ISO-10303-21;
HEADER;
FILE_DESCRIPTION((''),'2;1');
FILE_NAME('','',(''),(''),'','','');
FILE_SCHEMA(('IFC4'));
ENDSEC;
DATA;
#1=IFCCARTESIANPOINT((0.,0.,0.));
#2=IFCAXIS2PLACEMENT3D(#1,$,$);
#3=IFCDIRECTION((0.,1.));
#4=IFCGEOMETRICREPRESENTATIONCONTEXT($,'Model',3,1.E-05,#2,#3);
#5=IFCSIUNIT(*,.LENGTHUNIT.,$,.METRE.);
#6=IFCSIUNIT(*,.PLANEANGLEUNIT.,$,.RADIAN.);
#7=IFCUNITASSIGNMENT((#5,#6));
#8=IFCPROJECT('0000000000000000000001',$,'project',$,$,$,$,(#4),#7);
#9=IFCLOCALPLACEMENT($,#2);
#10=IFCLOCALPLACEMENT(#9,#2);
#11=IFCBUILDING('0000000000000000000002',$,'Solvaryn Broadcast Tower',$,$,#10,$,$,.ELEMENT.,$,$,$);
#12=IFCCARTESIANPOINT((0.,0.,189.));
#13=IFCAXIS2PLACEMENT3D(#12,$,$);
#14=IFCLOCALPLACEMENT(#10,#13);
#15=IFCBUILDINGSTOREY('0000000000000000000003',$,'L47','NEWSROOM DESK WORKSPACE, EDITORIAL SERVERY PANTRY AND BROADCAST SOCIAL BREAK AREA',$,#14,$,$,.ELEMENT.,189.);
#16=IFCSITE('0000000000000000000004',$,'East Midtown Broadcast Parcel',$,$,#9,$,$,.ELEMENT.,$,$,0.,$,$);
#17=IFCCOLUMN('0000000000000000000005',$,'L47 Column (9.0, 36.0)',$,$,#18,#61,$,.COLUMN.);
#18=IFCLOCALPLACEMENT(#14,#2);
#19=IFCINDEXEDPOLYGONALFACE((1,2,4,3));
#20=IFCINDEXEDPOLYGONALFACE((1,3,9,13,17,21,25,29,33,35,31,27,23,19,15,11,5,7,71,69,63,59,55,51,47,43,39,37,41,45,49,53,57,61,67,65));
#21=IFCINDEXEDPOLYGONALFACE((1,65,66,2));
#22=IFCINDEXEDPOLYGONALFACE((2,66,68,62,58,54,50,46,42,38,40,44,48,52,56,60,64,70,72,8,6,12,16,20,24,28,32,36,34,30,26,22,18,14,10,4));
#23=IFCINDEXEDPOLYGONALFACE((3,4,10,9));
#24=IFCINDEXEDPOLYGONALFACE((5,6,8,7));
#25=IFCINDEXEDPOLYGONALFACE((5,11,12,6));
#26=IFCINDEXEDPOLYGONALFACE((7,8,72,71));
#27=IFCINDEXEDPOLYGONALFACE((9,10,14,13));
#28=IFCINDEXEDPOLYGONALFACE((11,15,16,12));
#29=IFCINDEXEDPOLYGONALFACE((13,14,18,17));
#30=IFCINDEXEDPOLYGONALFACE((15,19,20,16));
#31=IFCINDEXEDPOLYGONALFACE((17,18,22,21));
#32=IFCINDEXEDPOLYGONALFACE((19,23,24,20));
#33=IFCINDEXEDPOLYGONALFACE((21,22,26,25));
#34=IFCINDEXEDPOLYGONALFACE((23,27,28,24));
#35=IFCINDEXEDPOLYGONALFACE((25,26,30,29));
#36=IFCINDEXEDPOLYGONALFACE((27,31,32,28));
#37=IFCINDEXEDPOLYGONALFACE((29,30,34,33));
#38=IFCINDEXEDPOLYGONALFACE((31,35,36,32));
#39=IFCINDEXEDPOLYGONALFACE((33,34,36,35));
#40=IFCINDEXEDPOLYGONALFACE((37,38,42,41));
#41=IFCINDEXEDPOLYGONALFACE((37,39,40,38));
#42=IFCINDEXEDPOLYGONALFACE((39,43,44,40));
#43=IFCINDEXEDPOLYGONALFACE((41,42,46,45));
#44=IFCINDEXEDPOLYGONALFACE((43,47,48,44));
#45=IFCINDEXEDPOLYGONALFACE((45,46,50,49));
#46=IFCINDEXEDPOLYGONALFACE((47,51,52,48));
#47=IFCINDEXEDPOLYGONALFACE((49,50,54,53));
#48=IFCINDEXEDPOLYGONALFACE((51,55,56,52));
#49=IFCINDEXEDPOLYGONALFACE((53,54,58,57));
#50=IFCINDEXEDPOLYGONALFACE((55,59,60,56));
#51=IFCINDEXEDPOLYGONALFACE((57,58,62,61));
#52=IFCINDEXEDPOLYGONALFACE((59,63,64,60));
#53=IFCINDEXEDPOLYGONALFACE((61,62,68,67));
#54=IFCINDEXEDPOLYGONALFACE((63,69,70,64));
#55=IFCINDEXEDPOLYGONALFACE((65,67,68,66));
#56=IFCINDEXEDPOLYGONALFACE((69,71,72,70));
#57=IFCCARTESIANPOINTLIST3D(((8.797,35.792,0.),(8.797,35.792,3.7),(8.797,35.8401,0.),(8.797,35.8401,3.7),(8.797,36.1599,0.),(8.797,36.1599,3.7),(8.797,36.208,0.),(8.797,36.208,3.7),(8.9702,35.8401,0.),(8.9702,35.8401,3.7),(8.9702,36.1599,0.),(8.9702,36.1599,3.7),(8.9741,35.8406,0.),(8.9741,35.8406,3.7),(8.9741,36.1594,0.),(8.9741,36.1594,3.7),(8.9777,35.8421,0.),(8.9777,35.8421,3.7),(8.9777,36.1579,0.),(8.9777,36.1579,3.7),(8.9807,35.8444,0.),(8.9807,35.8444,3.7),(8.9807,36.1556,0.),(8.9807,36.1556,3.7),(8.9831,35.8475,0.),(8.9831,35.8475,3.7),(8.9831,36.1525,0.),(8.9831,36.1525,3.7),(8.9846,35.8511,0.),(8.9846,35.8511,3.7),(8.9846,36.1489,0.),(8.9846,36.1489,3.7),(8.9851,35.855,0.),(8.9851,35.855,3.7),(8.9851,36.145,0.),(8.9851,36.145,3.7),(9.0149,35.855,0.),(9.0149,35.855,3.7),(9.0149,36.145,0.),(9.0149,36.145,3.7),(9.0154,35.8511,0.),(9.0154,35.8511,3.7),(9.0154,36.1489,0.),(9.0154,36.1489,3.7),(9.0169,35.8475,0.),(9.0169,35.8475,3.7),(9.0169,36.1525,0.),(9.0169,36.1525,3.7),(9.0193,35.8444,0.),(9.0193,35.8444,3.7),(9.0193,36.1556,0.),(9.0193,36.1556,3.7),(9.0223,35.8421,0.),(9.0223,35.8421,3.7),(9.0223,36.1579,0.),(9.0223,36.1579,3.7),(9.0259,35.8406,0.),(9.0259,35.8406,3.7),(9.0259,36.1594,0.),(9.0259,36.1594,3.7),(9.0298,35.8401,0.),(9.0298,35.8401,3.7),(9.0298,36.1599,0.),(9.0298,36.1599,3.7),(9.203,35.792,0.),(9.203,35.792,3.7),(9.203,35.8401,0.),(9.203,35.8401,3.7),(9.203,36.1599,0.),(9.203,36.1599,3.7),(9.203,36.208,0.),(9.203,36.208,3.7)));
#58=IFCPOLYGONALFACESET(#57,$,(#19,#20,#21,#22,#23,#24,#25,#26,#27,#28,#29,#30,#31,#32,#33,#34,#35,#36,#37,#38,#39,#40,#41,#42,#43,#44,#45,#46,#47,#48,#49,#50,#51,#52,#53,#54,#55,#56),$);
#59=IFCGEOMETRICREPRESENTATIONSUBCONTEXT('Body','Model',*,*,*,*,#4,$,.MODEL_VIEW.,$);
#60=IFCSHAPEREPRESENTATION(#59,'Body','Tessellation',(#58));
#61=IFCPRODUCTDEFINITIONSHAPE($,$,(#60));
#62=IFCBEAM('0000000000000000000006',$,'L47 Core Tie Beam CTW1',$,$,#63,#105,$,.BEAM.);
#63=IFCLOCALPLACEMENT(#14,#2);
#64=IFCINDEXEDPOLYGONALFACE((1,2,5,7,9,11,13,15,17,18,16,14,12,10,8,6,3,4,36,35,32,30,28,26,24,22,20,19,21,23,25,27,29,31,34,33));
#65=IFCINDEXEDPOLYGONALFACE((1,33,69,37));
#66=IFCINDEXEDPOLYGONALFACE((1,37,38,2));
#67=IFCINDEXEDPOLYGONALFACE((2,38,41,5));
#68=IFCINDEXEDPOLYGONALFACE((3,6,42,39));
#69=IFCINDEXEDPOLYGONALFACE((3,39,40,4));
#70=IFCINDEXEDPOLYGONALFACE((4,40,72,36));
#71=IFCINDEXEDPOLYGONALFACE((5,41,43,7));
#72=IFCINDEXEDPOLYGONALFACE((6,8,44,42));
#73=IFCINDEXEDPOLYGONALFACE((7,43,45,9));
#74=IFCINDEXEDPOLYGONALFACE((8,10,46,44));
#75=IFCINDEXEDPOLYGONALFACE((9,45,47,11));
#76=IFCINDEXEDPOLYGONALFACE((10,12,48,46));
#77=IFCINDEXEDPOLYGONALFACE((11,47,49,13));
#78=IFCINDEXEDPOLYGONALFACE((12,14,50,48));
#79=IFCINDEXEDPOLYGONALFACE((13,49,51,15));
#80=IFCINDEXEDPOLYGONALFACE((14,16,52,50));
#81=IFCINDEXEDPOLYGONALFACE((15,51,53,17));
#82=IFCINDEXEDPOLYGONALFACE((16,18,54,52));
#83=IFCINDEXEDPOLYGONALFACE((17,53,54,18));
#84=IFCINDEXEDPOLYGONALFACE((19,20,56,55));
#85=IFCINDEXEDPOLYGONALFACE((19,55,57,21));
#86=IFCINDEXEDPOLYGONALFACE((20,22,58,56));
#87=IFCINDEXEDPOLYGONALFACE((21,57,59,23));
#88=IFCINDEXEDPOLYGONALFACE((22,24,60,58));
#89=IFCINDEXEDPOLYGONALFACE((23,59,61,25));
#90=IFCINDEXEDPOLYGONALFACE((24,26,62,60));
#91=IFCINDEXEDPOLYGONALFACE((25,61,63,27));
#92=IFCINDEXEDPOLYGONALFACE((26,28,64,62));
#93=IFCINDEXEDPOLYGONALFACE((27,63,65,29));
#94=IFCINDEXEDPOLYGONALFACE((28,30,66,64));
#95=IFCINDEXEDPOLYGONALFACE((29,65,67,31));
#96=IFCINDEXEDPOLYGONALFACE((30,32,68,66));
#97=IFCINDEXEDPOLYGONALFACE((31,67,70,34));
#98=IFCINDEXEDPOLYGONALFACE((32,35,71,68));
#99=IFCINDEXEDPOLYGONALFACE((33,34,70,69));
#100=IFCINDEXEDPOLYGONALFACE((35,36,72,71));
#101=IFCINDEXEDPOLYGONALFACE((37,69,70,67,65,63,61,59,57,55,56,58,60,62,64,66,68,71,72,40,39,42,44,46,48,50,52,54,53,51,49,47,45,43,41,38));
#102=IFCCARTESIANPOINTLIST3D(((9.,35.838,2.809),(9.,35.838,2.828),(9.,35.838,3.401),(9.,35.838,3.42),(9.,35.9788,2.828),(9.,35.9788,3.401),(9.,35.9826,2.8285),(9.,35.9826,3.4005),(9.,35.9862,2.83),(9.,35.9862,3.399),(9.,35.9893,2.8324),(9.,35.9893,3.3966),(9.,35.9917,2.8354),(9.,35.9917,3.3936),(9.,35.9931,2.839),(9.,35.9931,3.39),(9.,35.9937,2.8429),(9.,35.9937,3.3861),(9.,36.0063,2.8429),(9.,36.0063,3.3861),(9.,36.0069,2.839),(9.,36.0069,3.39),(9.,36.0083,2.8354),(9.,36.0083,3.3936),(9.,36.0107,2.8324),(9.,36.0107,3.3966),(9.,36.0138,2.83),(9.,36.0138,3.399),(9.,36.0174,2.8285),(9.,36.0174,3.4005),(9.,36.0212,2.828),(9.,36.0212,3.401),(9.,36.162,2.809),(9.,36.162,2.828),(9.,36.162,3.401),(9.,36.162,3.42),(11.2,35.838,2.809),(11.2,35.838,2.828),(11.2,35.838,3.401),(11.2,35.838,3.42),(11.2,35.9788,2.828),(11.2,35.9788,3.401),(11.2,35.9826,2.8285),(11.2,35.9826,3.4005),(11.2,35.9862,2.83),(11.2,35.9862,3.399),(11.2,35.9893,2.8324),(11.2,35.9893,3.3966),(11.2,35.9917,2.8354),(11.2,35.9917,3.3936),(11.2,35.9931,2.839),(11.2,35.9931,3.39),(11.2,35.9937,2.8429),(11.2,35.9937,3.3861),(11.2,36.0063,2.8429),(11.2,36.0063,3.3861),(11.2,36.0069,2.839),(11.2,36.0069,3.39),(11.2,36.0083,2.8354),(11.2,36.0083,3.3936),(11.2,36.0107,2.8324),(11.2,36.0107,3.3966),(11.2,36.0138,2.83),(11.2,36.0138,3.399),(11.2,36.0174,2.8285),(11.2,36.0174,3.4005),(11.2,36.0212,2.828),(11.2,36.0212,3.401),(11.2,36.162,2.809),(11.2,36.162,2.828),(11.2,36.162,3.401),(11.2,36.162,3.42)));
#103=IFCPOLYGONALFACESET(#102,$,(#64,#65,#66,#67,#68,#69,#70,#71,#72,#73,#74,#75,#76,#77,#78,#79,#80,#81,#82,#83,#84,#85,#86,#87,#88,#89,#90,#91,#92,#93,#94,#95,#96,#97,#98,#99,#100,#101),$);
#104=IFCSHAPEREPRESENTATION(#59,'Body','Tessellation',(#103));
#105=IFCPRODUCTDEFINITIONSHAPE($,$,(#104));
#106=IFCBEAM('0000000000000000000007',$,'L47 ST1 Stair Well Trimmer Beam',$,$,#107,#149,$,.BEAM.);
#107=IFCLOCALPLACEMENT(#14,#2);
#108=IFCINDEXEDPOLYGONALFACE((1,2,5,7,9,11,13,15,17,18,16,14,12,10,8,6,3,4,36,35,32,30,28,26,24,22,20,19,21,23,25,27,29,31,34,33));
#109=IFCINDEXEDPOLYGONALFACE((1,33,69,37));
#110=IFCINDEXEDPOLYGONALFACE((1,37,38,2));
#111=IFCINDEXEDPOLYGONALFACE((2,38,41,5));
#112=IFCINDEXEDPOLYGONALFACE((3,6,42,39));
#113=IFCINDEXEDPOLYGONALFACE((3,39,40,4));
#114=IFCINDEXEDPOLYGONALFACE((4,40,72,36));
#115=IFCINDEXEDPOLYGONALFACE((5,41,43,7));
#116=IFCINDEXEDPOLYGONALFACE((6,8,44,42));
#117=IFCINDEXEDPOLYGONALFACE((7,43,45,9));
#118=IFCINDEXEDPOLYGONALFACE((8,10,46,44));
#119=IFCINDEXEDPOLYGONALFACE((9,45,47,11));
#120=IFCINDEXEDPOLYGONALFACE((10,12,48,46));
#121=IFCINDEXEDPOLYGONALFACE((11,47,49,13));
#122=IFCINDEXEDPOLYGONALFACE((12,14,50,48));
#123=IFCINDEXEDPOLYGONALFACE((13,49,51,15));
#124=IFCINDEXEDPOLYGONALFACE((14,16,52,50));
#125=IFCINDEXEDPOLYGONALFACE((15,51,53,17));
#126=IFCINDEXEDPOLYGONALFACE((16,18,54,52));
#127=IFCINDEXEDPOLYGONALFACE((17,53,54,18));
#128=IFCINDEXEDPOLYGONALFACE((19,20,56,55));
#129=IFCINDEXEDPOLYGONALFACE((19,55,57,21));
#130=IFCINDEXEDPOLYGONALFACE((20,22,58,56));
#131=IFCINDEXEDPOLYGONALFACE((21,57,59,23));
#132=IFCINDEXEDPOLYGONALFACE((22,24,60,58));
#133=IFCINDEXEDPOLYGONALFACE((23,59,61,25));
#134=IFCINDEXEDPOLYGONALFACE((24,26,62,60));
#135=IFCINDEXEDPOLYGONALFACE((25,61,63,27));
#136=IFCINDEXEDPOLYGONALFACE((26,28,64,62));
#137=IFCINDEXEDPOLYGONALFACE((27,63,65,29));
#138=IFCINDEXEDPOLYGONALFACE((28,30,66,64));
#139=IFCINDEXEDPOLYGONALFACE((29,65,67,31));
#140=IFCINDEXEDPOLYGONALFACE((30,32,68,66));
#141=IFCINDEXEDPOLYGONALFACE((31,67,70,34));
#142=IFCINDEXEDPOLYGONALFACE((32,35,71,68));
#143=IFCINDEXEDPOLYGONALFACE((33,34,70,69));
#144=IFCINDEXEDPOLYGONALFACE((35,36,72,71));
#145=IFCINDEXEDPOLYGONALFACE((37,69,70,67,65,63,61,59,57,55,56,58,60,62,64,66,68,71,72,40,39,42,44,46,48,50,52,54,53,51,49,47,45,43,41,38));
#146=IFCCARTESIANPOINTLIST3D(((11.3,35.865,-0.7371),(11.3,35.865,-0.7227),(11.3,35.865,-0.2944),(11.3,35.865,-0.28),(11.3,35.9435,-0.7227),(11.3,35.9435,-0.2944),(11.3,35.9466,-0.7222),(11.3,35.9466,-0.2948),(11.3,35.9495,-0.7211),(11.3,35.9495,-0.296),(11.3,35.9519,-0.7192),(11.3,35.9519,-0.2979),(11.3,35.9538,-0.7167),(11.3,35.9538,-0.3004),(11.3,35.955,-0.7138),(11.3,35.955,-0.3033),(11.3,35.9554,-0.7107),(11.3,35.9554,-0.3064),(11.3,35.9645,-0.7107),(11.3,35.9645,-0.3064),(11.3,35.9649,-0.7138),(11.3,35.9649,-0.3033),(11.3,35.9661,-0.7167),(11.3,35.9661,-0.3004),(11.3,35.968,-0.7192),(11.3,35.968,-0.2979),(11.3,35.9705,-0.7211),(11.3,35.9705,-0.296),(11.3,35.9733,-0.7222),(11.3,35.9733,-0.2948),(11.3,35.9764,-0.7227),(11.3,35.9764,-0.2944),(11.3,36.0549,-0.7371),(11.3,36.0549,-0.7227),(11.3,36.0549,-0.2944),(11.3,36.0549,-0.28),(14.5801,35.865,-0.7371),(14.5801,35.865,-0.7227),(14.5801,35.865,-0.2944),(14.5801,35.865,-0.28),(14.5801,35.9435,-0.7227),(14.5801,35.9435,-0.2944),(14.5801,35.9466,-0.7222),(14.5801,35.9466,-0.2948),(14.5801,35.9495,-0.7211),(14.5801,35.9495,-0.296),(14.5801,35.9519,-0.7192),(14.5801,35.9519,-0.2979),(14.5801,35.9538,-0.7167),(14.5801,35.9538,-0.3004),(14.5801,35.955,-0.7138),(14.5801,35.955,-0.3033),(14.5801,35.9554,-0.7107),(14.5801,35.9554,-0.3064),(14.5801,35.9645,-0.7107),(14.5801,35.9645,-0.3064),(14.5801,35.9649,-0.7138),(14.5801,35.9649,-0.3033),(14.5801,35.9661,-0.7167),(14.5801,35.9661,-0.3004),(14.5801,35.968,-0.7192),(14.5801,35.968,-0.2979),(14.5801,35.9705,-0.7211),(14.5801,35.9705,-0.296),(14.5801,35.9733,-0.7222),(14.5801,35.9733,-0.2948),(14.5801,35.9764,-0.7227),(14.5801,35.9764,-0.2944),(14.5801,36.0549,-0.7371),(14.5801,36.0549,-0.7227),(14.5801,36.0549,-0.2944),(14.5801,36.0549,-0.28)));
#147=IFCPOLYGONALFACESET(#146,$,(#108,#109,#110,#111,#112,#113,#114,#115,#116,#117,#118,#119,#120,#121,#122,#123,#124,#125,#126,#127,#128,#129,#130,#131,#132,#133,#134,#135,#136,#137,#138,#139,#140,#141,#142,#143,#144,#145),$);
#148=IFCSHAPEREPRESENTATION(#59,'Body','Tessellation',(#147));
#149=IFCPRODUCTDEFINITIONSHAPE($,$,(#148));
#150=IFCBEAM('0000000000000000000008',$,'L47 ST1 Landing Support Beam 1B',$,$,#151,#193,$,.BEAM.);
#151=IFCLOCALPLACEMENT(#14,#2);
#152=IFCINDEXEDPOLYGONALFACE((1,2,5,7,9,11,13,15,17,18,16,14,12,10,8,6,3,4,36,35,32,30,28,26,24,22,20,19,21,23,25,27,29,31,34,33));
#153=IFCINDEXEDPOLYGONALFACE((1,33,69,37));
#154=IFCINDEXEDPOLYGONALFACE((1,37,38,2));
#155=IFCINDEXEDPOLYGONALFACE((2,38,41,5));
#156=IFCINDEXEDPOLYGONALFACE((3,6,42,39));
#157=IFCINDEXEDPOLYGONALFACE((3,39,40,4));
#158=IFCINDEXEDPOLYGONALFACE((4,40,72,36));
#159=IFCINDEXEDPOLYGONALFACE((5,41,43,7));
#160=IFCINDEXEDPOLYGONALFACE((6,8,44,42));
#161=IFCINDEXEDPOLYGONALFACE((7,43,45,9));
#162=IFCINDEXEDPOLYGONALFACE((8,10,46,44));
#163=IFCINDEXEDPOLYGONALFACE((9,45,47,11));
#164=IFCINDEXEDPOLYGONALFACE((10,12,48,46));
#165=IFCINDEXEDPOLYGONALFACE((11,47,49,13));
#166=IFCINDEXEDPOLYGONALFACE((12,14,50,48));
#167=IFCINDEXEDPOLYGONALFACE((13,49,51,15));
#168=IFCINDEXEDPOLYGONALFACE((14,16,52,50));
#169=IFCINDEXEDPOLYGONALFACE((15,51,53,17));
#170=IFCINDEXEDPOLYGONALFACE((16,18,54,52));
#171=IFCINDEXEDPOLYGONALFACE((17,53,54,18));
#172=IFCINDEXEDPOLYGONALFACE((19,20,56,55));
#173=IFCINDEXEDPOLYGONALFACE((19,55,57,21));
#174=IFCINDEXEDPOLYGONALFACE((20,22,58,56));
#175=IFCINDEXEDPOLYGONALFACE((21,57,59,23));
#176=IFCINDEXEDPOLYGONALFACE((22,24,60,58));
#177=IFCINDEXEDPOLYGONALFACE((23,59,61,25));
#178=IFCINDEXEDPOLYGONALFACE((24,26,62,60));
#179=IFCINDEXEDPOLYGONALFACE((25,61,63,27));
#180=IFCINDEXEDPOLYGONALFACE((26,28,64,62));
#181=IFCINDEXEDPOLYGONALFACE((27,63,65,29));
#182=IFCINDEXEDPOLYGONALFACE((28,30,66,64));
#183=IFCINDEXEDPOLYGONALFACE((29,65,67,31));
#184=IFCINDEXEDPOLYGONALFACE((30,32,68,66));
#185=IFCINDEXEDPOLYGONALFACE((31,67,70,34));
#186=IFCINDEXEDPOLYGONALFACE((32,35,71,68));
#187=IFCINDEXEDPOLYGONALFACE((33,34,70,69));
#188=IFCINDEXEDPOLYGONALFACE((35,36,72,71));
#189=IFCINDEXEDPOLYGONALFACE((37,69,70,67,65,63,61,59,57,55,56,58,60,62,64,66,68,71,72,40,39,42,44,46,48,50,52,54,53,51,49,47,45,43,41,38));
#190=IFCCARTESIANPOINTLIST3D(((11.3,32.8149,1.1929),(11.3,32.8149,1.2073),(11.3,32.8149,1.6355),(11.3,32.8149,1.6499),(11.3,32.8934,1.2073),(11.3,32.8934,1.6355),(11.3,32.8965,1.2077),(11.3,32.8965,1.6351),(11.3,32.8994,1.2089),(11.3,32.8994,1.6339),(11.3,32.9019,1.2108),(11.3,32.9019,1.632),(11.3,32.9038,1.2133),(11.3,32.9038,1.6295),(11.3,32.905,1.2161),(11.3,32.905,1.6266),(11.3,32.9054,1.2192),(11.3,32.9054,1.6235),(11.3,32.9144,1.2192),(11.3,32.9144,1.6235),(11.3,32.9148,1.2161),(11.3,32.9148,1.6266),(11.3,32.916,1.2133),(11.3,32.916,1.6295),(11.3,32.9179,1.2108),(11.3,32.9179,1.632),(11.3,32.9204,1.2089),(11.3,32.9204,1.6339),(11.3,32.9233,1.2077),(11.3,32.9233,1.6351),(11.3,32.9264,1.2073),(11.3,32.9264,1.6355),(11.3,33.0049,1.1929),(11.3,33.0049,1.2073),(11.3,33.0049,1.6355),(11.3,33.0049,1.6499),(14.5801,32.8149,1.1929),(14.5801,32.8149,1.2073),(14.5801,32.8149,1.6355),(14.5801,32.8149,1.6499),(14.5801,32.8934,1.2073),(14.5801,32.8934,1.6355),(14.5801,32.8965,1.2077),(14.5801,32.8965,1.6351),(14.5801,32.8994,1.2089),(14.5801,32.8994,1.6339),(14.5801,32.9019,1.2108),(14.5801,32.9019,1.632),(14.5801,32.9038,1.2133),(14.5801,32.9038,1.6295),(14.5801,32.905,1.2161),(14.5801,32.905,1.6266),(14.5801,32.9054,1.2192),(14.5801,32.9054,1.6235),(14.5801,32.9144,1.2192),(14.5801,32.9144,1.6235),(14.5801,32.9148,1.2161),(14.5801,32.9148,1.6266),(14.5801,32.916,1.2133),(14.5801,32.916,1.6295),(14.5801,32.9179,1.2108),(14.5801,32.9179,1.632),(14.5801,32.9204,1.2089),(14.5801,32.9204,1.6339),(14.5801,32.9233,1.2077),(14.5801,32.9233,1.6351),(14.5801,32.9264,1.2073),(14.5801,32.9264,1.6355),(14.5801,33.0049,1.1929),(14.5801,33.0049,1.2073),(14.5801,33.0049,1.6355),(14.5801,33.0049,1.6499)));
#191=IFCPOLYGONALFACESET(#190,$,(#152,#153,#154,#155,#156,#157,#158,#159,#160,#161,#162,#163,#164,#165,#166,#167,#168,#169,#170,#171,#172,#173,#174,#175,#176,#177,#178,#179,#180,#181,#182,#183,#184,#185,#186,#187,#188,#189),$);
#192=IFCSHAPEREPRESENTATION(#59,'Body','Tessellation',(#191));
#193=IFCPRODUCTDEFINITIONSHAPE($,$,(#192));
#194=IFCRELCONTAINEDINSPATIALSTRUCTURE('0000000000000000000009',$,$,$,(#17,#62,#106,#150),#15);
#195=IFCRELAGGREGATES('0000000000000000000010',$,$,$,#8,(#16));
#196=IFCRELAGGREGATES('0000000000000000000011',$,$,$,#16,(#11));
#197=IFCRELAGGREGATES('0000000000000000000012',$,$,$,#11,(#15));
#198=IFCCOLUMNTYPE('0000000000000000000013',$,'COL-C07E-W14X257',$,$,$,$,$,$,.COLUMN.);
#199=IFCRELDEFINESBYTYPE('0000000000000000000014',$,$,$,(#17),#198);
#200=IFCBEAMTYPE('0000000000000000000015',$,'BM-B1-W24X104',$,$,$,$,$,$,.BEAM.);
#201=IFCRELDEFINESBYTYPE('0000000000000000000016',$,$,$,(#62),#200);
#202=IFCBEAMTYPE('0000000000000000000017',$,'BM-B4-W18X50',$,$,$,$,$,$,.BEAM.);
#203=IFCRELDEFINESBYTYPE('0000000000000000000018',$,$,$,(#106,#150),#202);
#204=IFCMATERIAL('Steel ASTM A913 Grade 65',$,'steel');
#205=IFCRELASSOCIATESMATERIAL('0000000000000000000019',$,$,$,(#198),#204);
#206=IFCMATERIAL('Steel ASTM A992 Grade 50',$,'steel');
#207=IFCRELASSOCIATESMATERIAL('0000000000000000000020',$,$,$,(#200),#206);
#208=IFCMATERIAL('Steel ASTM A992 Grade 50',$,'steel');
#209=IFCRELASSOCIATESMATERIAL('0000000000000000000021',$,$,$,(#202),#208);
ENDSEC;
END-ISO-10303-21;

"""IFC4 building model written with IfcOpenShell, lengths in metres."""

from ifc_helpers import new_model, si_unit, direction, frame, origin, origin_2d, place, context, subcontext, project, spatial, i_section, extrude, material, material_profile, profile_set, type_object, element, save


model = new_model("IFC4")

# Units and contexts
model_context = context("Model", 3, precision=1e-05, world=origin(), true_north=direction((0.0, 1.0)))
body_context = subcontext(model_context, "Body", "Model", "MODEL_VIEW")
ifc_project = project(units=[si_unit("LENGTHUNIT", "METRE"), si_unit("PLANEANGLEUNIT", "RADIAN")], contexts=[model_context])

# Site, building, storey
site_placement = place(None, origin())
site = spatial("IfcSite", under=ifc_project, at=site_placement, Name="East Midtown Broadcast Parcel", CompositionType="ELEMENT", RefElevation=0.0)
building_placement = place(site_placement, origin())
building = spatial("IfcBuilding", under=site, at=building_placement, Name="Solvaryn Broadcast Tower", CompositionType="ELEMENT")
storey_placement = place(building_placement, frame((0.0, 0.0, 189.0)))
storey = spatial("IfcBuildingStorey", under=building, at=storey_placement, Name="L47", Description="NEWSROOM DESK WORKSPACE, EDITORIAL SERVERY PANTRY AND BROADCAST SOCIAL BREAK AREA", CompositionType="ELEMENT", Elevation=189.0)

# Column
ifc_material_1 = material(Name="Steel ASTM A913 Grade 65", Category="steel")
ifc_material_profile_1 = material_profile(ifc_material_1, i_section(OverallWidth=0.406, OverallDepth=0.416, WebThickness=0.0298, FlangeThickness=0.0481, FilletRadius=0.0149, at=origin_2d()))
ifc_profile_set_1 = profile_set([ifc_material_profile_1], Name="Steel ASTM A913 Grade 65")
column_type = type_object("IfcColumnType", Name="COL-C07E-W14X257", PredefinedType="COLUMN", material=ifc_profile_set_1)
column_placement = place(storey_placement, frame((9.0, 36.0, 0.0), z_axis=(0.0, 0.0, 1.0), x_axis=(1.0, 0.0, 0.0)))
element("IfcColumn", 1, at=column_placement, inside=storey, type_object=column_type, Name="L47 Column (9.0, 36.0)", PredefinedType="COLUMN", context=body_context, shape_type="SweptSolid", body=[
    extrude(i_section(OverallWidth=0.406, OverallDepth=0.416, WebThickness=0.0298, FlangeThickness=0.0481, FilletRadius=0.0149, at=origin_2d()), origin(), (0.0, 0.0, 1.0), 3.7),
])

# Beams
ifc_material_2 = material(Name="Steel ASTM A992 Grade 50", Category="steel")
ifc_material_profile_2 = material_profile(ifc_material_2, i_section(OverallWidth=0.324, OverallDepth=0.6111, WebThickness=0.0127, FlangeThickness=0.019, FilletRadius=0.0149, at=origin_2d()))
ifc_profile_set_2 = profile_set([ifc_material_profile_2], Name="Steel ASTM A992 Grade 50")
beam_type_1 = type_object("IfcBeamType", Name="BM-B1-W24X104", PredefinedType="BEAM", material=ifc_profile_set_2)
beam_placement = place(storey_placement, frame((9.0, 36.0, 3.1145), z_axis=(1.0, 0.0, 0.0), x_axis=(0.0, 1.0, 0.0)))
element("IfcBeam", 2, at=beam_placement, inside=storey, type_object=beam_type_1, Name="L47 Core Tie Beam CTW1", PredefinedType="BEAM", context=body_context, shape_type="SweptSolid", body=[
    extrude(i_section(OverallWidth=0.324, OverallDepth=0.6111, WebThickness=0.0127, FlangeThickness=0.019, FilletRadius=0.0149, at=origin_2d()), origin(), (0.0, 0.0, 1.0), 2.2),
])
ifc_material_3 = material(Name="Steel ASTM A992 Grade 50", Category="steel")
ifc_material_profile_3 = material_profile(ifc_material_3, i_section(OverallWidth=0.1899, OverallDepth=0.457, WebThickness=0.009, FlangeThickness=0.0144, FilletRadius=0.012, at=origin_2d()))
ifc_profile_set_3 = profile_set([ifc_material_profile_3], Name="Steel ASTM A992 Grade 50")
beam_type_2 = type_object("IfcBeamType", Name="BM-B4-W18X50", PredefinedType="BEAM", material=ifc_profile_set_3)
for number, where, z_axis, x_axis, name in (
    (3, (11.3, 35.96, -0.5085), (1.0, 0.0, 0.0), (0.0, 1.0, 0.0), "L47 ST1 Stair Well Trimmer Beam"),
    (4, (11.3, 32.9099, 1.4214), (1.0, 0.0, 0.0), (0.0, 1.0, 0.0), "L47 ST1 Landing Support Beam 1B"),
):
    element("IfcBeam", number, at=place(storey_placement, frame(where, z_axis=z_axis, x_axis=x_axis)), inside=storey, type_object=beam_type_2, Name=name, PredefinedType="BEAM", context=body_context, shape_type="SweptSolid", body=[
        extrude(i_section(OverallWidth=0.1899, OverallDepth=0.457, WebThickness=0.009, FlangeThickness=0.0144, FilletRadius=0.012, at=origin_2d()), origin(), (0.0, 0.0, 1.0), 3.28),
    ])

save(model, "model.ifc")
